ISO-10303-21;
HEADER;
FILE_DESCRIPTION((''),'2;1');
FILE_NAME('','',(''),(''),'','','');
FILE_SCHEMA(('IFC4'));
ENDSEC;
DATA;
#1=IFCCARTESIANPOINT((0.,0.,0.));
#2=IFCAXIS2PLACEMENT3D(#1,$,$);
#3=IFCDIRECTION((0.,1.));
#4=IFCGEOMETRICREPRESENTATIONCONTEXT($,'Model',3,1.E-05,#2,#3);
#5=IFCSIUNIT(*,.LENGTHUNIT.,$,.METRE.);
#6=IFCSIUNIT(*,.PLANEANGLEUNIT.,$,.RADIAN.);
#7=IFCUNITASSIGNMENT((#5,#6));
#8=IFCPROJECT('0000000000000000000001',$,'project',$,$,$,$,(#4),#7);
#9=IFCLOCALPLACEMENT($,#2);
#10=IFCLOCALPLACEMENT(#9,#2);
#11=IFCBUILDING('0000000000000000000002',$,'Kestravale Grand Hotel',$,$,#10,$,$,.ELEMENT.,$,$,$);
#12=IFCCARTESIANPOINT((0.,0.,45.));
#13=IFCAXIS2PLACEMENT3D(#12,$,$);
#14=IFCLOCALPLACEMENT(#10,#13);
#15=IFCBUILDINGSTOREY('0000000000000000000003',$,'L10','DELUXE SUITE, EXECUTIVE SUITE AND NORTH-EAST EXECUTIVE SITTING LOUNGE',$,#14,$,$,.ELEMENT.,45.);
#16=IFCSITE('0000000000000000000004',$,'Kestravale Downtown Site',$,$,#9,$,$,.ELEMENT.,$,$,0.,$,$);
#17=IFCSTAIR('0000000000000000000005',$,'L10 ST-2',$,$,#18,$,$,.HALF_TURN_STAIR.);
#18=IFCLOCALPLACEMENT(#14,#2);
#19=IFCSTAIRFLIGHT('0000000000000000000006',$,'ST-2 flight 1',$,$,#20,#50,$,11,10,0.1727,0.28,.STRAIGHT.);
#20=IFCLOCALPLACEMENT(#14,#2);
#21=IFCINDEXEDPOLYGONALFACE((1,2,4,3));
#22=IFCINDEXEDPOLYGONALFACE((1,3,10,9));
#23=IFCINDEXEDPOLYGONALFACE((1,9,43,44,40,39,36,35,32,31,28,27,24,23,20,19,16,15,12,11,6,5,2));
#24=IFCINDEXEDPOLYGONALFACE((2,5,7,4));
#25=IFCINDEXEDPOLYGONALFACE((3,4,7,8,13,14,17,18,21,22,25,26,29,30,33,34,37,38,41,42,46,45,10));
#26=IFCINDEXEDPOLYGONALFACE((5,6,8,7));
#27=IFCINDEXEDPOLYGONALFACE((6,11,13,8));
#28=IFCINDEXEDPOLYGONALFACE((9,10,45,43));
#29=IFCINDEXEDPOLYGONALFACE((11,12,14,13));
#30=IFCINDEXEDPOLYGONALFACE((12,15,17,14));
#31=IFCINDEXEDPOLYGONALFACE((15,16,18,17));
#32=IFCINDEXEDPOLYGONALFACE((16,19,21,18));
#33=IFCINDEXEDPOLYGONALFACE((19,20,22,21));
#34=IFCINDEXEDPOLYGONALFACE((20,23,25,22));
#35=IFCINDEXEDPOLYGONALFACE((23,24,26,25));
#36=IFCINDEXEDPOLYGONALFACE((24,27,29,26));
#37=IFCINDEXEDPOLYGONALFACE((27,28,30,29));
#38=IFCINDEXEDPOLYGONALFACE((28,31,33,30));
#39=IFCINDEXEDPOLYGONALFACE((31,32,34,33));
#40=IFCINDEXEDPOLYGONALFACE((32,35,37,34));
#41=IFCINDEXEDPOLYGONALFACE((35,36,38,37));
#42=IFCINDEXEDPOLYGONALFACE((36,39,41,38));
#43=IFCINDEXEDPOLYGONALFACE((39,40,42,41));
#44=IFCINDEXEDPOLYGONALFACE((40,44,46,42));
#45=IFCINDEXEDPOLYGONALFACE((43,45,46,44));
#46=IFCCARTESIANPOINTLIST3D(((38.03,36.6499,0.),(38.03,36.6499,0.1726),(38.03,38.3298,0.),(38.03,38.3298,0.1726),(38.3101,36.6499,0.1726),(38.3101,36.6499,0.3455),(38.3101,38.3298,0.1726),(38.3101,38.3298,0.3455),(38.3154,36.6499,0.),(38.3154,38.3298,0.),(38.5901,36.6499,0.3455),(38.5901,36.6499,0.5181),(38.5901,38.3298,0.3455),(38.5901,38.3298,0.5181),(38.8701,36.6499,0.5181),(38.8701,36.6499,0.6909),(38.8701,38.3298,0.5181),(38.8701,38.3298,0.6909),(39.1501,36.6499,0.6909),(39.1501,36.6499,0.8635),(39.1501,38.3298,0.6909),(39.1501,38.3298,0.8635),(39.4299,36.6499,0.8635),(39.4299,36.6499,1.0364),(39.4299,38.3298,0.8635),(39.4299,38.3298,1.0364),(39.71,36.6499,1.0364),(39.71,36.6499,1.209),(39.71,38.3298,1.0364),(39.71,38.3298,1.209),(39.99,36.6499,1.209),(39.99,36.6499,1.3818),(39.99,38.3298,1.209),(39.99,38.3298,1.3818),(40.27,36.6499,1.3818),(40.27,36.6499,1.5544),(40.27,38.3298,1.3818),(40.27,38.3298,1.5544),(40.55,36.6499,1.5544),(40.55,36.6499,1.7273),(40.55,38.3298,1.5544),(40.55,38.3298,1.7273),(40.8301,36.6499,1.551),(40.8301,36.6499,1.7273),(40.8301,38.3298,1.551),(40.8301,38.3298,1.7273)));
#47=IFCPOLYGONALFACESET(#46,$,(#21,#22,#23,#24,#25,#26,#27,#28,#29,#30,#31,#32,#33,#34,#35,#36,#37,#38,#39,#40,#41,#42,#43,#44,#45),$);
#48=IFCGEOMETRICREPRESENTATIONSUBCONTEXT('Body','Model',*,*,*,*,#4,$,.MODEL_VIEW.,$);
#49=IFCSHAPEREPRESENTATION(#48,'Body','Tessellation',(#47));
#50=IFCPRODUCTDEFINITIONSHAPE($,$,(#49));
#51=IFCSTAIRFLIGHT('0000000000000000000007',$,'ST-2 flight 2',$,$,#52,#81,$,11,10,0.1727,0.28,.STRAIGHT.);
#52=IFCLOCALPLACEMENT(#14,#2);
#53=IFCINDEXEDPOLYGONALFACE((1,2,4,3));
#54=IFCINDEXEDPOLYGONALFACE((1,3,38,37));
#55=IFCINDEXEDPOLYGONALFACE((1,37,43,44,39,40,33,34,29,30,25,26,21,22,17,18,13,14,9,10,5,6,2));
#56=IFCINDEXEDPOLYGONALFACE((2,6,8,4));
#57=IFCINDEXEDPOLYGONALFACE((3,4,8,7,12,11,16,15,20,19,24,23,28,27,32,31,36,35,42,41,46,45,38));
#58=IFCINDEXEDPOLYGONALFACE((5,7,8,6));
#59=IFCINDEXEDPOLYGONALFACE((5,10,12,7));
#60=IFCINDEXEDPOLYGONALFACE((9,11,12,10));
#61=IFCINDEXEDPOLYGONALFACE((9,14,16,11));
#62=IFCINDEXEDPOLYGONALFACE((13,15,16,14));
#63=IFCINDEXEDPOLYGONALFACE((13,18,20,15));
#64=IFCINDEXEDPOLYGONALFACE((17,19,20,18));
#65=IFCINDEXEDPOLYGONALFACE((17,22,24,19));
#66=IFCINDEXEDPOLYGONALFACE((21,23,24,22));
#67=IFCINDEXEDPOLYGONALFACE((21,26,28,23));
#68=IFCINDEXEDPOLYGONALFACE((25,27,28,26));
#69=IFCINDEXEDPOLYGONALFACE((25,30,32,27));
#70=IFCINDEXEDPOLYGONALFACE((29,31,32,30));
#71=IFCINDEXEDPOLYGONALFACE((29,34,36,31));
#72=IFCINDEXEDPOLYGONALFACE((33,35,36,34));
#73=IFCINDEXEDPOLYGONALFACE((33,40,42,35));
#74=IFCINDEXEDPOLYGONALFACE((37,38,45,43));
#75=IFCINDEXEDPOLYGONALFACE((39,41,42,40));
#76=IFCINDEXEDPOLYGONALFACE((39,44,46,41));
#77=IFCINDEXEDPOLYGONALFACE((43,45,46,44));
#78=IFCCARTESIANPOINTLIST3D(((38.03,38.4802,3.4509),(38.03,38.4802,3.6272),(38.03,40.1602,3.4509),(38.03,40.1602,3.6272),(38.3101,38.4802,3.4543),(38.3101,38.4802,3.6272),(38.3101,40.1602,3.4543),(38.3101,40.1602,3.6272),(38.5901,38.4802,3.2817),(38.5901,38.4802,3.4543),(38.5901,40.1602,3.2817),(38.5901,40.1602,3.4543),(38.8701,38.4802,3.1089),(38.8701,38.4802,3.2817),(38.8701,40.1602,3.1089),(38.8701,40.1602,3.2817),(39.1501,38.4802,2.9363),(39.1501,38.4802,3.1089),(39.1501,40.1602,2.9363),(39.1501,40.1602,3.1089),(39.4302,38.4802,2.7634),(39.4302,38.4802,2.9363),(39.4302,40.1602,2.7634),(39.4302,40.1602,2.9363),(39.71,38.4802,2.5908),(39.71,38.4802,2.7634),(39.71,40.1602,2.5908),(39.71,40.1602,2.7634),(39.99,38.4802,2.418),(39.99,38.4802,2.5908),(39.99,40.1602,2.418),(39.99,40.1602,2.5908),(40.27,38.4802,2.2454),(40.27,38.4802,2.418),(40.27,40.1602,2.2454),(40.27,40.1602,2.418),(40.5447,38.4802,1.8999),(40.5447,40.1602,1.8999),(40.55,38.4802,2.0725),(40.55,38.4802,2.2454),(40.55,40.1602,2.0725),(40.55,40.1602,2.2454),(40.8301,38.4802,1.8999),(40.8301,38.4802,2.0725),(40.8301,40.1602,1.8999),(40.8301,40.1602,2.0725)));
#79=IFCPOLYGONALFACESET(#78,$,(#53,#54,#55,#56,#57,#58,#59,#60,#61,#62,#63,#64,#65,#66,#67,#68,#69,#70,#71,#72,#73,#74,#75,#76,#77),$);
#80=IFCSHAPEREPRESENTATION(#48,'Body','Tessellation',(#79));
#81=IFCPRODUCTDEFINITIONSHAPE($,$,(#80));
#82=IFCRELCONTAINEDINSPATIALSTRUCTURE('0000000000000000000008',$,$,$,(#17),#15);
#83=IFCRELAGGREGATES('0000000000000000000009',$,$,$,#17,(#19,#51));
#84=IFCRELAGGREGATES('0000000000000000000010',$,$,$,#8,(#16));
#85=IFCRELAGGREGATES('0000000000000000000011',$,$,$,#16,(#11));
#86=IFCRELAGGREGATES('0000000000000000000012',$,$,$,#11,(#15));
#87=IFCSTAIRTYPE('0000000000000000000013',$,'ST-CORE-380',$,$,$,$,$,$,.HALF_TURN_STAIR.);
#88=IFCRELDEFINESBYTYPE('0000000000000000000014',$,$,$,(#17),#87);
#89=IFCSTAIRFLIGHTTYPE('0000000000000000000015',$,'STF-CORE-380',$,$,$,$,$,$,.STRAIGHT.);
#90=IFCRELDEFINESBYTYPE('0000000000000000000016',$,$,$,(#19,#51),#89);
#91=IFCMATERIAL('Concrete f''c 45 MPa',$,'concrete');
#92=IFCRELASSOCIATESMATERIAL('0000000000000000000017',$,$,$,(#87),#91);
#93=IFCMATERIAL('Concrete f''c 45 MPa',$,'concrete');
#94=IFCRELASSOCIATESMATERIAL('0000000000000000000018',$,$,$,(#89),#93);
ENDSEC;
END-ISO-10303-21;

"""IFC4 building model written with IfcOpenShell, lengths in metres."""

from ifc_helpers import new_model, si_unit, direction, frame, origin, place, context, subcontext, project, spatial, polyline, outline, extrude, material, type_object, element, aggregate, save


model = new_model("IFC4")

# Units and contexts
model_context = context("Model", 3, precision=1e-05, world=origin(), true_north=direction((0.0, 1.0)))
body_context = subcontext(model_context, "Body", "Model", "MODEL_VIEW")
ifc_project = project(units=[si_unit("LENGTHUNIT", "METRE"), si_unit("PLANEANGLEUNIT", "RADIAN")], contexts=[model_context])

# Site, building, storey
site_placement = place(None, origin())
site = spatial("IfcSite", under=ifc_project, at=site_placement, Name="Kestravale Downtown Site", CompositionType="ELEMENT", RefElevation=0.0)
building_placement = place(site_placement, origin())
building = spatial("IfcBuilding", under=site, at=building_placement, Name="Kestravale Grand Hotel", CompositionType="ELEMENT")
storey_placement = place(building_placement, frame((0.0, 0.0, 45.0)))
storey = spatial("IfcBuildingStorey", under=building, at=storey_placement, Name="L10", Description="DELUXE SUITE, EXECUTIVE SUITE AND NORTH-EAST EXECUTIVE SITTING LOUNGE", CompositionType="ELEMENT", Elevation=45.0)

# Stair, stair flights
ifc_material_1 = material(Name="Concrete f'c 45 MPa", Category="concrete")
stair_type = type_object("IfcStairType", Name="ST-CORE-380", PredefinedType="HALF_TURN_STAIR", material=ifc_material_1)
stair_placement = place(storey_placement, origin())
stair = element("IfcStair", 1, at=stair_placement, inside=storey, type_object=stair_type, Name="L10 ST-2", PredefinedType="HALF_TURN_STAIR")
ifc_material_2 = material(Name="Concrete f'c 45 MPa", Category="concrete")
stair_flight_type = type_object("IfcStairFlightType", Name="STF-CORE-380", PredefinedType="STRAIGHT", material=ifc_material_2)
stair_flight_1_placement = place(storey_placement, frame((38.03, 37.49, 0.0), z_axis=(0.0, 0.0, 1.0), x_axis=(1.0, 0.0, 0.0)))
stair_flight_1 = element("IfcStairFlight", 2, at=stair_flight_1_placement, type_object=stair_flight_type, Name="ST-2 flight 1", NumberOfRisers=11, NumberOfTreads=10, PredefinedType="STRAIGHT", RiserHeight=0.1727, TreadLength=0.28, context=body_context, shape_type="SweptSolid", body=[
    extrude(outline(polyline([(0.0, 0.0), (0.0, 0.1726), (0.28, 0.1726), (0.28, 0.3455), (0.5601, 0.3455), (0.5601, 0.5181), (0.8401, 0.5181), (0.8401, 0.6909), (1.1201, 0.6909), (1.1201, 0.8635), (1.3999, 0.8635), (1.3999, 1.0364), (1.6799, 1.0364), (1.6799, 1.209), (1.96, 1.209), (1.96, 1.3818), (2.24, 1.3818), (2.24, 1.5544), (2.52, 1.5544), (2.52, 1.7273), (2.8, 1.7273), (2.8, 1.8999), (2.8, 1.551), (0.2854, 0.0), (0.0, 0.0)])), frame((0.0, 0.8398, 0.0), z_axis=(0.0, -1.0, 0.0), x_axis=(1.0, 0.0, 0.0)), (0.0, 0.0, 1.0), 1.6799),
])
stair_flight_2_placement = place(storey_placement, frame((40.8301, 39.3201, 1.8999), z_axis=(0.0, 0.0, 1.0), x_axis=(-1.0, 0.0, 0.0)))
stair_flight_2 = element("IfcStairFlight", 3, at=stair_flight_2_placement, type_object=stair_flight_type, Name="ST-2 flight 2", NumberOfRisers=11, NumberOfTreads=10, PredefinedType="STRAIGHT", RiserHeight=0.1727, TreadLength=0.28, context=body_context, shape_type="SweptSolid", body=[
    extrude(outline(polyline([(0.0, 0.0), (0.0, 0.1726), (0.28, 0.1726), (0.28, 0.3455), (0.5601, 0.3455), (0.5601, 0.5181), (0.8401, 0.5181), (0.8401, 0.6909), (1.1201, 0.6909), (1.1201, 0.8635), (1.3999, 0.8635), (1.3999, 1.0364), (1.6799, 1.0364), (1.6799, 1.209), (1.96, 1.209), (1.96, 1.3818), (2.24, 1.3818), (2.24, 1.5544), (2.52, 1.5544), (2.52, 1.7273), (2.8, 1.7273), (2.8, 1.8999), (2.8, 1.551), (0.2854, 0.0), (0.0, 0.0)])), frame((0.0, 0.8398, 0.0), z_axis=(0.0, -1.0, 0.0), x_axis=(1.0, 0.0, 0.0)), (0.0, 0.0, 1.0), 1.6799),
])
aggregate(stair, [stair_flight_1, stair_flight_2])

save(model, "model.ifc")
